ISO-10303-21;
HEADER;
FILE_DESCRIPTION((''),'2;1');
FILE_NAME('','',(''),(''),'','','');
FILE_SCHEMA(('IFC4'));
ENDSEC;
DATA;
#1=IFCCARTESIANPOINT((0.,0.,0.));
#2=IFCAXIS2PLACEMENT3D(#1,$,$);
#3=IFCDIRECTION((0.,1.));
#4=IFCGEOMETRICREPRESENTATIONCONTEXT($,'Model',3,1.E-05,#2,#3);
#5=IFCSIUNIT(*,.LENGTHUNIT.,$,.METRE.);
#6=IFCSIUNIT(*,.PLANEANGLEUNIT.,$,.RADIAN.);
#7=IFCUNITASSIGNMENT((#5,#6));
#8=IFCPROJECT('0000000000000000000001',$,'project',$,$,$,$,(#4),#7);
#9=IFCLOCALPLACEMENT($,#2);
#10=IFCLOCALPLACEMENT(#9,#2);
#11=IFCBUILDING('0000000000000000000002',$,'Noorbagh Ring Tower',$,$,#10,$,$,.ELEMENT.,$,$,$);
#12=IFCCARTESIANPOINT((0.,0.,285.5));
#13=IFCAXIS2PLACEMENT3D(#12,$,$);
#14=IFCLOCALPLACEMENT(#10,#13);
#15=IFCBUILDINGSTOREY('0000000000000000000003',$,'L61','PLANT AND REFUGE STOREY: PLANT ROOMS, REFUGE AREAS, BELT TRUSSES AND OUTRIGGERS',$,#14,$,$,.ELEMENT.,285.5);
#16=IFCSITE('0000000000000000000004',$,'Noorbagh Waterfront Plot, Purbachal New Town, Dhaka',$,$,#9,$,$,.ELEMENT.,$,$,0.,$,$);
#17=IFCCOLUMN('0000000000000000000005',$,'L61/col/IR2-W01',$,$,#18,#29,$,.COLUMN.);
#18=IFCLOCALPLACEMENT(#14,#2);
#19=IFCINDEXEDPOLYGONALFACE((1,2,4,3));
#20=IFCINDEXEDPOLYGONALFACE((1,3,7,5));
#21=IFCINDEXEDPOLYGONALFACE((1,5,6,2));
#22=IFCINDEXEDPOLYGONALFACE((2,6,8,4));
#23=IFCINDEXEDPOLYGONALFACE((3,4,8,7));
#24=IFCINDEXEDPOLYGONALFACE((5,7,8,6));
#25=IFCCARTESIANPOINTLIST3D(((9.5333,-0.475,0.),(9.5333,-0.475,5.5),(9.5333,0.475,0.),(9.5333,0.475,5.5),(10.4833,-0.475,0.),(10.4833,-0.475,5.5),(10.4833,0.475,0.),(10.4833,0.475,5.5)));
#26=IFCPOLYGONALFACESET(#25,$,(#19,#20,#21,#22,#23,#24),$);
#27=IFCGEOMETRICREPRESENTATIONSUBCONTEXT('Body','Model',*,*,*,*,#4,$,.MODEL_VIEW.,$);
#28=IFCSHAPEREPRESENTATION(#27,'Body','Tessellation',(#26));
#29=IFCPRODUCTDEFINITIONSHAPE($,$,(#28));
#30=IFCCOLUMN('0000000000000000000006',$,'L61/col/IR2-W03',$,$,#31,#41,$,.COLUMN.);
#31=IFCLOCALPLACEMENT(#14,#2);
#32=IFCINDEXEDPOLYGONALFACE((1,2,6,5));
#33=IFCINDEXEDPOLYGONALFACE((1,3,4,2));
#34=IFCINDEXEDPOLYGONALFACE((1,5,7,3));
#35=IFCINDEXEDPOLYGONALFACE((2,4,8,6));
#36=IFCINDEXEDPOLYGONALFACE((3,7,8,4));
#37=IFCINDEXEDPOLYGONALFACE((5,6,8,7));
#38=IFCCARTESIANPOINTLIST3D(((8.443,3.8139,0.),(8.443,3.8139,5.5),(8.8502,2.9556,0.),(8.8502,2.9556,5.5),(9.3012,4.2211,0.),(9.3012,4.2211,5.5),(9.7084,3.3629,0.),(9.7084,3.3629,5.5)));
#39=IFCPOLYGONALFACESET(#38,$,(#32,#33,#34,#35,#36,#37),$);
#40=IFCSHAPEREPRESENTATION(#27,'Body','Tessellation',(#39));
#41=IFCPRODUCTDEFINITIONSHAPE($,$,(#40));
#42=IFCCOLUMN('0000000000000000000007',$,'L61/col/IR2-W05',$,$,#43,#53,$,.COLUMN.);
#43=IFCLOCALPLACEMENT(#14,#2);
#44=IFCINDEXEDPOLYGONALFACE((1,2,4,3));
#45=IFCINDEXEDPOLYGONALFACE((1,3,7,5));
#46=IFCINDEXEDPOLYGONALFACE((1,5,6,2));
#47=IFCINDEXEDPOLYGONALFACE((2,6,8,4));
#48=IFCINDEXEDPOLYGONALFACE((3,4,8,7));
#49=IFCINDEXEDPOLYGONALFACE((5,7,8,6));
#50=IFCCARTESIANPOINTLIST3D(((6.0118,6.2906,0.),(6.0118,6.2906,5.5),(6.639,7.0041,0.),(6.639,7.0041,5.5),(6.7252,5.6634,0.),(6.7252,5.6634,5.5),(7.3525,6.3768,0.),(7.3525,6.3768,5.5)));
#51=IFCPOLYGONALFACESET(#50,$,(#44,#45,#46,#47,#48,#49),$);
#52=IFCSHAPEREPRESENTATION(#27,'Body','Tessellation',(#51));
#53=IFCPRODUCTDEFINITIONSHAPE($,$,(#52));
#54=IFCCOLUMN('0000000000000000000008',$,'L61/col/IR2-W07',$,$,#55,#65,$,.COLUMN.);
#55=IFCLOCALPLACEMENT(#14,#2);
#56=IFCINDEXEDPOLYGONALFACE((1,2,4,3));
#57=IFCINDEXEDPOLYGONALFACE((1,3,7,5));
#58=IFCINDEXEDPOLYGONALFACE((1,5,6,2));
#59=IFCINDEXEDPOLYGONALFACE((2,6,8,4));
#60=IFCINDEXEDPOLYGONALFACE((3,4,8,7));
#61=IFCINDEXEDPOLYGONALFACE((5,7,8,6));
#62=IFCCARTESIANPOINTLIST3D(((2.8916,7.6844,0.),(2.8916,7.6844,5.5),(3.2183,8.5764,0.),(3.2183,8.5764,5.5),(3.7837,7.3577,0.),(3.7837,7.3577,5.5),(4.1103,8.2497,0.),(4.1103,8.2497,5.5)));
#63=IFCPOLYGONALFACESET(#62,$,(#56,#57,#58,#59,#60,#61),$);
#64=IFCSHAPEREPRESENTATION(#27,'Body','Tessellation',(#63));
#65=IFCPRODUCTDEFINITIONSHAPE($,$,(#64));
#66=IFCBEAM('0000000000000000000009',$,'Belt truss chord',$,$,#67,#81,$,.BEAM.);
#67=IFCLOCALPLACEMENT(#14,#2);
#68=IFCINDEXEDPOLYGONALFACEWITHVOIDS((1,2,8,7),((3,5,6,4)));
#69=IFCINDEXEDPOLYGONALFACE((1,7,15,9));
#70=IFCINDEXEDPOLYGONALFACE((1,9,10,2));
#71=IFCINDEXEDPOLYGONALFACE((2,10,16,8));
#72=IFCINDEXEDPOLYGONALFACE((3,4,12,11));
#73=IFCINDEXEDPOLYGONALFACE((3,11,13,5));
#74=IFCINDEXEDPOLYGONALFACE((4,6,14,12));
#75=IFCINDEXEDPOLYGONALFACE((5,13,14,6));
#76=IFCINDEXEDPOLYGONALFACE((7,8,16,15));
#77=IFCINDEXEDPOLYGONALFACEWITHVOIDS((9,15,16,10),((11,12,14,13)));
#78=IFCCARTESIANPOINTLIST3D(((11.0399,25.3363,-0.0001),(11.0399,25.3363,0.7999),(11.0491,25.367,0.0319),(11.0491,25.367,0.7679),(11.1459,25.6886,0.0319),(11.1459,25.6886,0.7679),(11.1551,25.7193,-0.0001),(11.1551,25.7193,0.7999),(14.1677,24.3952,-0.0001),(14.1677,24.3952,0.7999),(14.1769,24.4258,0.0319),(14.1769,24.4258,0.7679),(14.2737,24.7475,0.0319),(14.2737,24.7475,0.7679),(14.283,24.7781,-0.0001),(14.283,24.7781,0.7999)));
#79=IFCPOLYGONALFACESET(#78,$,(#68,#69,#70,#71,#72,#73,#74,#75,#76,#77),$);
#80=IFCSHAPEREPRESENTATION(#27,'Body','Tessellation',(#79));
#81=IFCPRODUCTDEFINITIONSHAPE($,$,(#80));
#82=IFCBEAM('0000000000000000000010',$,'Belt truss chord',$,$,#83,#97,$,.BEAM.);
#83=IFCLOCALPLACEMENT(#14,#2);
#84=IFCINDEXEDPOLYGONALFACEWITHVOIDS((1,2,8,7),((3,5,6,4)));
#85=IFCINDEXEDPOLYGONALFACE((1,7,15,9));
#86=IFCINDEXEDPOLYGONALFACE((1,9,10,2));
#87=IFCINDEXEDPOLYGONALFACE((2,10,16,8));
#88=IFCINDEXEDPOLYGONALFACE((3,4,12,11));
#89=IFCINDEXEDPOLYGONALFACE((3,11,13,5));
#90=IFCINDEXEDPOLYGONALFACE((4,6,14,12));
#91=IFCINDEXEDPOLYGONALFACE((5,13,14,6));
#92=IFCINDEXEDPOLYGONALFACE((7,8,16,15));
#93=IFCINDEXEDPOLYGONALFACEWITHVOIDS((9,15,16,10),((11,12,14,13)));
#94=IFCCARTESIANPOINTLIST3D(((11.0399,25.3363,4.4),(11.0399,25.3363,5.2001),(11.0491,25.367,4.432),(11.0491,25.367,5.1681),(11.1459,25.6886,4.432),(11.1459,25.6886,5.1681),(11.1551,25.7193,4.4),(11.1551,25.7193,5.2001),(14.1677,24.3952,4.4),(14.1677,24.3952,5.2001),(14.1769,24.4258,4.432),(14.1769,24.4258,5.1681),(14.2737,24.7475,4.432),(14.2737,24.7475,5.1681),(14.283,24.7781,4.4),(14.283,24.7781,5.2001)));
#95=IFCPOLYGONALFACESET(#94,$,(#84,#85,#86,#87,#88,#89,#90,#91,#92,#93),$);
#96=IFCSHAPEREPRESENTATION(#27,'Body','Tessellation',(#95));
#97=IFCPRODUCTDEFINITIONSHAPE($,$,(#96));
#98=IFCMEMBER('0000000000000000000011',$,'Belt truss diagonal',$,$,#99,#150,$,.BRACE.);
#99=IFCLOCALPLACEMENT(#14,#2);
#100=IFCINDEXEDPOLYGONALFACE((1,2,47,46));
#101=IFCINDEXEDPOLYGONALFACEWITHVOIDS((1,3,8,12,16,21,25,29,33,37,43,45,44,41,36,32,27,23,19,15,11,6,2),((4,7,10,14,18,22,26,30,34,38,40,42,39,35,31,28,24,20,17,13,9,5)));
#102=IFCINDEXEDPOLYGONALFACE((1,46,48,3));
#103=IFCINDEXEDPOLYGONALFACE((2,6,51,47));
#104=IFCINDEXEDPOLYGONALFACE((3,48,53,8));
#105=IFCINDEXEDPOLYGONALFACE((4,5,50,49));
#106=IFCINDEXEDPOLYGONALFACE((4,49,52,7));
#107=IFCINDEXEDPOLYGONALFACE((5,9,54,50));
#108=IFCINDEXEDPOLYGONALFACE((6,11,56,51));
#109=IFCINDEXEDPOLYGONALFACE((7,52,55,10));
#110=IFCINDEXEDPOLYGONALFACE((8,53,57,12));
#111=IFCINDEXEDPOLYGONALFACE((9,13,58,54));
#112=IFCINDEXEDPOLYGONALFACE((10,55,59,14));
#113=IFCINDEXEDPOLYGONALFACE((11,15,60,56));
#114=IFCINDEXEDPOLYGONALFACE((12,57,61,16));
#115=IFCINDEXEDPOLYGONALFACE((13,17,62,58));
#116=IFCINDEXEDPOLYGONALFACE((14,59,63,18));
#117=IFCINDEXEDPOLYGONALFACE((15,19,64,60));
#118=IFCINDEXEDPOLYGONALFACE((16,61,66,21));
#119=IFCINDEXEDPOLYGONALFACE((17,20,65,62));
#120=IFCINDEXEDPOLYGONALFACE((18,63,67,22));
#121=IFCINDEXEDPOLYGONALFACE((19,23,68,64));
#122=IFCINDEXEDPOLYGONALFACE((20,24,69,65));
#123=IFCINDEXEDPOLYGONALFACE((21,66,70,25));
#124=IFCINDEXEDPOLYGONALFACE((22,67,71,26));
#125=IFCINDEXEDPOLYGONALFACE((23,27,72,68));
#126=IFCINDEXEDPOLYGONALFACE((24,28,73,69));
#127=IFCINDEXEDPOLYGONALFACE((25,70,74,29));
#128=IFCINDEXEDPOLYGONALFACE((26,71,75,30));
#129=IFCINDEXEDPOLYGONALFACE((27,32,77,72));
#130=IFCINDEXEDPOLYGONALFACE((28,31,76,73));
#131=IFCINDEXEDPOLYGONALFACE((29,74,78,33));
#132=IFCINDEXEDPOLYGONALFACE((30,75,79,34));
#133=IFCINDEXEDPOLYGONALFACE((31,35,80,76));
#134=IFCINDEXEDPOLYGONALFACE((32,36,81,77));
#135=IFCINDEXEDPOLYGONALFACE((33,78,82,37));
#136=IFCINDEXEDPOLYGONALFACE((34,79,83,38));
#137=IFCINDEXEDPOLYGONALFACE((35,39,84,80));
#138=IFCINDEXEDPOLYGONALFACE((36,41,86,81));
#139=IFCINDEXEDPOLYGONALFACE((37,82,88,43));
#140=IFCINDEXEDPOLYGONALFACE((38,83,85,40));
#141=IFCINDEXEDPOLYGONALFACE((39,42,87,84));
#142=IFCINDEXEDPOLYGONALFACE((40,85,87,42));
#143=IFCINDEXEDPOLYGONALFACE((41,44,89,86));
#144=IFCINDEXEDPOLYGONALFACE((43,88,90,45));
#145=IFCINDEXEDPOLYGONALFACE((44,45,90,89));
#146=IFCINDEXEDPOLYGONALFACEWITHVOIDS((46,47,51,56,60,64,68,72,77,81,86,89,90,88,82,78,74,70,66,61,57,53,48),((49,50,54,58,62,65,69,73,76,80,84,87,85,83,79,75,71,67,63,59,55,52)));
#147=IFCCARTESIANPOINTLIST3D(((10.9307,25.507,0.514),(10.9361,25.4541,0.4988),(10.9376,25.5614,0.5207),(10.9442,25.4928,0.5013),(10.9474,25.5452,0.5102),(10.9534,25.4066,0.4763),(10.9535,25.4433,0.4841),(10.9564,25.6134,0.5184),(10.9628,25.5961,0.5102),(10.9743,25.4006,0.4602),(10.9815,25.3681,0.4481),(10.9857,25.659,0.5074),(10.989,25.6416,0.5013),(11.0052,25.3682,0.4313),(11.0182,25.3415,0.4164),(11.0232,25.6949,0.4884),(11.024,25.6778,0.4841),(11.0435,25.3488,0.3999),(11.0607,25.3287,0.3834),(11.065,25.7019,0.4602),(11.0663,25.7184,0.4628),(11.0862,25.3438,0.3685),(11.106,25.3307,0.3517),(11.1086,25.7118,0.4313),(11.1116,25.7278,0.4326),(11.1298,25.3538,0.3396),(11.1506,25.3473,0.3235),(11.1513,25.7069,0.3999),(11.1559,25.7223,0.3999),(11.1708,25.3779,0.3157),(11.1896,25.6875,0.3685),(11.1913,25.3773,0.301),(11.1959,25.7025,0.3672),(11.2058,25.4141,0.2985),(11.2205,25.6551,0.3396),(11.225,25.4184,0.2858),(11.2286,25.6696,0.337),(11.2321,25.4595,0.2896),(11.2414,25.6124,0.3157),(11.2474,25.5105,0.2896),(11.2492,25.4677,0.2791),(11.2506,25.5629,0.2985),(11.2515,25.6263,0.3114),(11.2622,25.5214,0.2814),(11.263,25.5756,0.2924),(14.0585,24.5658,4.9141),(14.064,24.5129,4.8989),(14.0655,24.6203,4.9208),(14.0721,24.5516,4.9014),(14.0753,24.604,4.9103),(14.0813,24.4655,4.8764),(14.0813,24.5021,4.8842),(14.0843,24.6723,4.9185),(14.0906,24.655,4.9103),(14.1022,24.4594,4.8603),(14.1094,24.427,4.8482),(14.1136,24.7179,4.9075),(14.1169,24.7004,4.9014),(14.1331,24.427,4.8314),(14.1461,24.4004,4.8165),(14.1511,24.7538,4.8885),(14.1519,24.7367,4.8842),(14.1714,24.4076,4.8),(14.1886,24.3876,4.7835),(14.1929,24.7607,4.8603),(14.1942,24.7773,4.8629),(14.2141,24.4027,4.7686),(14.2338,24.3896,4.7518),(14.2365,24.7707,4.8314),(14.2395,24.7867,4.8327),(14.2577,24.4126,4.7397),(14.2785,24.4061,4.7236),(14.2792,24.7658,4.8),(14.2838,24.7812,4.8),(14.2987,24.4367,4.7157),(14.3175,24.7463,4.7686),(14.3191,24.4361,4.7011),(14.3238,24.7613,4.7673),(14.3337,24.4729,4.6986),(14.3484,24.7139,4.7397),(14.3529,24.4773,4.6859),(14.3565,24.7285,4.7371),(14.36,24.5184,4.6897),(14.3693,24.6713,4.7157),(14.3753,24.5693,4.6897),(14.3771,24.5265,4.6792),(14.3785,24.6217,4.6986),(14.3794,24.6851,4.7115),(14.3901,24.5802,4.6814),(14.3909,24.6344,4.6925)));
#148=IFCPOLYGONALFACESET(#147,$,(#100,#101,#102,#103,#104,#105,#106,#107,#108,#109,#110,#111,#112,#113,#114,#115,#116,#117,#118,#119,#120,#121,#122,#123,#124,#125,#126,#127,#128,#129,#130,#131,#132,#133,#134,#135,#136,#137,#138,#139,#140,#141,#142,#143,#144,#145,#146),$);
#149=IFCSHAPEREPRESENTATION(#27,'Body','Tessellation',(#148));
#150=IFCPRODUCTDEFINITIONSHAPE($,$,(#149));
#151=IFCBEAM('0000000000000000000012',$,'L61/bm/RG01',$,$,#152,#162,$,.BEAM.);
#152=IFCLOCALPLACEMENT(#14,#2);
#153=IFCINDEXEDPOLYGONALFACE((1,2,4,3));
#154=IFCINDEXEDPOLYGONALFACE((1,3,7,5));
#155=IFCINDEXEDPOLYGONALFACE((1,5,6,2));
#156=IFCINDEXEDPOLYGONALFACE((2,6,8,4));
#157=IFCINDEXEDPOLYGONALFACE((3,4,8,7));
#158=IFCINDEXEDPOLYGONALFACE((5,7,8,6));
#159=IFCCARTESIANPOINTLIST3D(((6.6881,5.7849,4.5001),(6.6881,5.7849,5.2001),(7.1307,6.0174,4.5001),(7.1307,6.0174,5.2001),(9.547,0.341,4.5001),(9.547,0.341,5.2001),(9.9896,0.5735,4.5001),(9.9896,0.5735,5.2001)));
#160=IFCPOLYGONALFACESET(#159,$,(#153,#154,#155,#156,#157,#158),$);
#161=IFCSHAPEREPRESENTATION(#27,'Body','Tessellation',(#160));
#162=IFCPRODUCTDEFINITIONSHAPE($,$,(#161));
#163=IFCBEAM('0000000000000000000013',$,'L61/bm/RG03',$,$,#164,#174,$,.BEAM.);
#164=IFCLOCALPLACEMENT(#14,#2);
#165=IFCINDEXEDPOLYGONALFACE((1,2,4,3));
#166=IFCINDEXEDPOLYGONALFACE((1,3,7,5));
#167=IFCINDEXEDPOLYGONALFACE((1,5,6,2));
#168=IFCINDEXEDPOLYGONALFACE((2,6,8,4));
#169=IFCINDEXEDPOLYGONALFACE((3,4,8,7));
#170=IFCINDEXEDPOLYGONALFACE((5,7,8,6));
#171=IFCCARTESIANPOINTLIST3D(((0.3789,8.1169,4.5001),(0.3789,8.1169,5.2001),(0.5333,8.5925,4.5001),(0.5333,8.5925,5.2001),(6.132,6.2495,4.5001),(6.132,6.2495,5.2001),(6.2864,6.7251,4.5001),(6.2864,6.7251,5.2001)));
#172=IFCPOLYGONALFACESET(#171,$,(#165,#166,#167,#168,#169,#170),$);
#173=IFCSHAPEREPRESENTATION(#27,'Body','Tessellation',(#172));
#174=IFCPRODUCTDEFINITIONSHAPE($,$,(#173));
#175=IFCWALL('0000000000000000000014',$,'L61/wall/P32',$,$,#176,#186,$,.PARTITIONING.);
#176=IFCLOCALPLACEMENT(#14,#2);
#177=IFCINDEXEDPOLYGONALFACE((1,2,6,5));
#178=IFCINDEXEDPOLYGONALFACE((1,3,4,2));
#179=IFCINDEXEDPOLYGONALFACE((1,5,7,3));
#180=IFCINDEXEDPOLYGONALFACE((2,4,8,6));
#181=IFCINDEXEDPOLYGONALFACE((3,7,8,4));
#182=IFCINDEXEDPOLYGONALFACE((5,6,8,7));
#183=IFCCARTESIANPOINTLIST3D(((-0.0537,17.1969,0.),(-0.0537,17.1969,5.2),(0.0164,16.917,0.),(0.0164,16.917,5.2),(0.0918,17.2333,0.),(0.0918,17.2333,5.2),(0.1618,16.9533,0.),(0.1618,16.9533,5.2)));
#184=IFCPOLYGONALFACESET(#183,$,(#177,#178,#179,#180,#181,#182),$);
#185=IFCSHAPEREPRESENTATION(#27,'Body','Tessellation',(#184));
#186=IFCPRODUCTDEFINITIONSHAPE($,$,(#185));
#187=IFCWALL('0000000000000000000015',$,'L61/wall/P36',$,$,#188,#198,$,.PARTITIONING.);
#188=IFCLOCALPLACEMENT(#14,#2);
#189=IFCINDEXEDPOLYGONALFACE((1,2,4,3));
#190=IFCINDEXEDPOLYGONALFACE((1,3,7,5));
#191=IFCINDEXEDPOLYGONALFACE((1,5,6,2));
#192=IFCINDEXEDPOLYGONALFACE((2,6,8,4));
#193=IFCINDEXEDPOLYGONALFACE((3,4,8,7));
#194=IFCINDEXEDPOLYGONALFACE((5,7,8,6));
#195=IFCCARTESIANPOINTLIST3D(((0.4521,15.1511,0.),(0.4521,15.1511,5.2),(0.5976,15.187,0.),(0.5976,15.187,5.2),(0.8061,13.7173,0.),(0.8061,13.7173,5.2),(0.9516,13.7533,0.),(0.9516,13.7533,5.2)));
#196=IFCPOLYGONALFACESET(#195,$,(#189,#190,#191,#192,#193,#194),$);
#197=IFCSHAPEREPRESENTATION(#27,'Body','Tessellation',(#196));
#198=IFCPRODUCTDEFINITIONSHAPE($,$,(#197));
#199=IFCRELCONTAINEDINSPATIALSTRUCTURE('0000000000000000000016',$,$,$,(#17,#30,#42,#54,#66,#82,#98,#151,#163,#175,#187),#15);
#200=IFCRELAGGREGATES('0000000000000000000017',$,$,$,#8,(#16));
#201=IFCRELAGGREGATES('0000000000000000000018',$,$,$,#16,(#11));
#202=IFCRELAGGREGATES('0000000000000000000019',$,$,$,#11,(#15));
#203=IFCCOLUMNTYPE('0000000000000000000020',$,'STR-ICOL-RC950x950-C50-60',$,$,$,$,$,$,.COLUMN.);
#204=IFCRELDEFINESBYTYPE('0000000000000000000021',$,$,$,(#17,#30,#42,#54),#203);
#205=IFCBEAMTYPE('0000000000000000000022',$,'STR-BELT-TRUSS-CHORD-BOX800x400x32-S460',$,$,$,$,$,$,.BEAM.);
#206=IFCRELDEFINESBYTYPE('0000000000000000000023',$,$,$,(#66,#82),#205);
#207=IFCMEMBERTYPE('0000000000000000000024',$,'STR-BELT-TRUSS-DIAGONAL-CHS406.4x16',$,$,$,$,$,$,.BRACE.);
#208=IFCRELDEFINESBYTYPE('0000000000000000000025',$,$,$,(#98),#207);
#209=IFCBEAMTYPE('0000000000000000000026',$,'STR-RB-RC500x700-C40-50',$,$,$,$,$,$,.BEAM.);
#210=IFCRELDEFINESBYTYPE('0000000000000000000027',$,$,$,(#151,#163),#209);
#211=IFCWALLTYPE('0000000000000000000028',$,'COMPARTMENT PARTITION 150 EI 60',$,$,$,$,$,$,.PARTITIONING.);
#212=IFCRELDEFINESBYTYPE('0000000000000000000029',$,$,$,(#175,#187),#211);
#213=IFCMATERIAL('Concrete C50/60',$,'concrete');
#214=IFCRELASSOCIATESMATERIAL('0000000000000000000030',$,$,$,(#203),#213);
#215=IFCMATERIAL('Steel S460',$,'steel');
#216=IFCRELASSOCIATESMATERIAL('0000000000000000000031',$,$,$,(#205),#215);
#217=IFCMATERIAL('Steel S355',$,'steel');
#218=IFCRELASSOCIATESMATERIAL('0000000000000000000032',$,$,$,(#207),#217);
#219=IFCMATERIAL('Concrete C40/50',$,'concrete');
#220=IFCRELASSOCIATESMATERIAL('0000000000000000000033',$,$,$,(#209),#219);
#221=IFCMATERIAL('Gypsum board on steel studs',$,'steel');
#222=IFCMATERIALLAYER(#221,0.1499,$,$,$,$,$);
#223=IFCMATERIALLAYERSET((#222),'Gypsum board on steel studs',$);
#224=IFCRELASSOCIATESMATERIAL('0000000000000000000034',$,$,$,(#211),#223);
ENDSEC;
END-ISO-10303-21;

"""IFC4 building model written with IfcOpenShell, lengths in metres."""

from ifc_helpers import new_model, si_unit, direction, frame, frame_2d, origin, origin_2d, place, context, subcontext, project, spatial, rectangle, hollow_rectangle, hollow_circle, extrude, material, layer, layer_set, material_profile, profile_set, type_object, element, save


model = new_model("IFC4")

# Units and contexts
model_context = context("Model", 3, precision=1e-05, world=origin(), true_north=direction((0.0, 1.0)))
body_context = subcontext(model_context, "Body", "Model", "MODEL_VIEW")
ifc_project = project(units=[si_unit("LENGTHUNIT", "METRE"), si_unit("PLANEANGLEUNIT", "RADIAN")], contexts=[model_context])

# Site, building, storey
site_placement = place(None, origin())
site = spatial("IfcSite", under=ifc_project, at=site_placement, Name="Noorbagh Waterfront Plot, Purbachal New Town, Dhaka", CompositionType="ELEMENT", RefElevation=0.0)
building_placement = place(site_placement, origin())
building = spatial("IfcBuilding", under=site, at=building_placement, Name="Noorbagh Ring Tower", CompositionType="ELEMENT")
storey_placement = place(building_placement, frame((0.0, 0.0, 285.5)))
storey = spatial("IfcBuildingStorey", under=building, at=storey_placement, Name="L61", Description="PLANT AND REFUGE STOREY: PLANT ROOMS, REFUGE AREAS, BELT TRUSSES AND OUTRIGGERS", CompositionType="ELEMENT", Elevation=285.5)

# Columns
ifc_material_1 = material(Name="Concrete C50/60", Category="concrete")
ifc_material_profile_1 = material_profile(ifc_material_1, rectangle(XDim=0.95, YDim=0.95, at=origin_2d()), Name="RC950x950")
ifc_profile_set_1 = profile_set([ifc_material_profile_1], Name="Concrete C50/60")
column_type = type_object("IfcColumnType", Name="STR-ICOL-RC950x950-C50-60", PredefinedType="COLUMN", material=ifc_profile_set_1)
for number, where, z_axis, x_axis, name in (
    (1, (10.0083, 0.0, 0.0), (0.0, 0.0, 1.0), (0.0, 1.0, 0.0), "L61/col/IR2-W01"),
    (2, (9.0757, 3.5884, 0.0), (0.0, 0.0, 1.0), (-0.428667, 0.903463, 0.0), "L61/col/IR2-W03"),
    (3, (6.6821, 6.3337, 0.0), (0.0, 0.0, 1.0), (-0.751022, 0.660277, 0.0), "L61/col/IR2-W05"),
    (4, (3.501, 7.967, 0.0), (0.0, 0.0, 1.0), (-0.93902, 0.343864, 0.0), "L61/col/IR2-W07"),
):
    element("IfcColumn", number, at=place(storey_placement, frame(where, z_axis=z_axis, x_axis=x_axis)), inside=storey, type_object=column_type, Name=name, PredefinedType="COLUMN", context=body_context, shape_type="SweptSolid", body=[
        extrude(rectangle(XDim=0.95, YDim=0.95, at=origin_2d()), origin(), (0.0, 0.0, 1.0), 5.5),
    ])

# Beams
ifc_material_2 = material(Name="Steel S460", Category="steel")
ifc_material_profile_2 = material_profile(ifc_material_2, hollow_rectangle(XDim=0.3999, YDim=0.8, WallThickness=0.032, at=origin_2d()), Name="BOX800x400x32")
ifc_profile_set_2 = profile_set([ifc_material_profile_2], Name="Steel S460")
beam_type_1 = type_object("IfcBeamType", Name="STR-BELT-TRUSS-CHORD-BOX800x400x32-S460", PredefinedType="BEAM", material=ifc_profile_set_2)
for number, where, z_axis, x_axis, name in (
    (5, (14.2253, 24.5867, 0.3999), (-0.957591, 0.288129, 0.0), (-0.288129, -0.957591, 0.0), "Belt truss chord"),
    (6, (14.2253, 24.5867, 4.8), (-0.957591, 0.288129, 0.0), (-0.288129, -0.957591, 0.0), "Belt truss chord"),
):
    element("IfcBeam", number, at=place(storey_placement, frame(where, z_axis=z_axis, x_axis=x_axis)), inside=storey, type_object=beam_type_1, Name=name, PredefinedType="BEAM", context=body_context, shape_type="SweptSolid", body=[
        extrude(hollow_rectangle(XDim=0.3999, YDim=0.8, WallThickness=0.032, at=origin_2d()), origin(), (0.0, 0.0, 1.0), 3.2664),
    ])

# Member
ifc_material_3 = material(Name="Steel S355", Category="steel")
ifc_material_profile_3 = material_profile(ifc_material_3, hollow_circle(Radius=0.2031, WallThickness=0.0161, at=origin_2d()), Name="CHS406.4x16")
ifc_profile_set_3 = profile_set([ifc_material_profile_3], Name="Steel S355")
member_type = type_object("IfcMemberType", Name="STR-BELT-TRUSS-DIAGONAL-CHS406.4x16", PredefinedType="BRACE", material=ifc_profile_set_3)
member_placement = place(storey_placement, frame((11.0974, 25.5278, 0.3999), z_axis=(0.570784, -0.171743, 0.802938), x_axis=(0.288129, 0.957591, 0.0)))
element("IfcMember", 7, at=member_placement, inside=storey, type_object=member_type, Name="Belt truss diagonal", PredefinedType="BRACE", context=body_context, shape_type="SweptSolid", body=[
    extrude(hollow_circle(Radius=0.2031, WallThickness=0.0161, at=origin_2d()), origin(), (0.0, 0.0, 1.0), 5.48),
])

# Beams
ifc_material_4 = material(Name="Concrete C40/50", Category="concrete")
ifc_material_profile_4 = material_profile(ifc_material_4, rectangle(XDim=0.5, YDim=0.7, at=origin_2d()), Name="RC500x700")
ifc_profile_set_4 = profile_set([ifc_material_profile_4], Name="Concrete C40/50")
beam_type_2 = type_object("IfcBeamType", Name="STR-RB-RC500x700-C40-50", PredefinedType="BEAM", material=ifc_profile_set_4)
beam_1_placement = place(storey_placement, frame((9.7683, 0.4573, 4.8501), z_axis=(-0.464944, 0.88534, 0.0), x_axis=(-0.88534, -0.464944, 0.0)))
element("IfcBeam", 8, at=beam_1_placement, inside=storey, type_object=beam_type_2, Name="L61/bm/RG01", PredefinedType="BEAM", context=body_context, shape_type="SweptSolid", body=[
    extrude(rectangle(XDim=0.5, YDim=0.7, at=origin_2d()), origin(), (0.0, 0.0, 1.0), 6.1489),
])
beam_2_placement = place(storey_placement, frame((6.2092, 6.4873, 4.8501), z_axis=(-0.951148, 0.308735, 0.0), x_axis=(-0.308735, -0.951148, 0.0)))
element("IfcBeam", 9, at=beam_2_placement, inside=storey, type_object=beam_type_2, Name="L61/bm/RG03", PredefinedType="BEAM", context=body_context, shape_type="SweptSolid", body=[
    extrude(rectangle(XDim=0.5, YDim=0.7, at=origin_2d()), origin(), (0.0, 0.0, 1.0), 6.0486),
])

# Walls
ifc_material_5 = material(Name="Gypsum board on steel studs", Category="steel")
ifc_layer = layer(ifc_material_5, 0.1499)
ifc_layer_set = layer_set([ifc_layer], Name="Gypsum board on steel studs")
wall_type = type_object("IfcWallType", Name="COMPARTMENT PARTITION 150 EI 60", PredefinedType="PARTITIONING", material=ifc_layer_set)
wall_1_placement = place(storey_placement, frame((0.019, 17.2151, 0.0), z_axis=(0.0, 0.0, 1.0), x_axis=(0.242735, -0.970093, 0.0)))
element("IfcWall", 10, at=wall_1_placement, inside=storey, type_object=wall_type, Name="L61/wall/P32", PredefinedType="PARTITIONING", context=body_context, shape_type="SweptSolid", body=[
    extrude(rectangle(XDim=0.2886, YDim=0.1499, at=frame_2d((0.1443, 0.0))), origin(), (0.0, 0.0, 1.0), 5.2),
])
wall_2_placement = place(storey_placement, frame((0.5249, 15.1689, 0.0), z_axis=(0.0, 0.0, 1.0), x_axis=(0.239695, -0.970848, 0.0)))
element("IfcWall", 11, at=wall_2_placement, inside=storey, type_object=wall_type, Name="L61/wall/P36", PredefinedType="PARTITIONING", context=body_context, shape_type="SweptSolid", body=[
    extrude(rectangle(XDim=1.4768, YDim=0.1499, at=frame_2d((0.7383, 0.0))), origin(), (0.0, 0.0, 1.0), 5.2),
])

save(model, "model.ifc")
